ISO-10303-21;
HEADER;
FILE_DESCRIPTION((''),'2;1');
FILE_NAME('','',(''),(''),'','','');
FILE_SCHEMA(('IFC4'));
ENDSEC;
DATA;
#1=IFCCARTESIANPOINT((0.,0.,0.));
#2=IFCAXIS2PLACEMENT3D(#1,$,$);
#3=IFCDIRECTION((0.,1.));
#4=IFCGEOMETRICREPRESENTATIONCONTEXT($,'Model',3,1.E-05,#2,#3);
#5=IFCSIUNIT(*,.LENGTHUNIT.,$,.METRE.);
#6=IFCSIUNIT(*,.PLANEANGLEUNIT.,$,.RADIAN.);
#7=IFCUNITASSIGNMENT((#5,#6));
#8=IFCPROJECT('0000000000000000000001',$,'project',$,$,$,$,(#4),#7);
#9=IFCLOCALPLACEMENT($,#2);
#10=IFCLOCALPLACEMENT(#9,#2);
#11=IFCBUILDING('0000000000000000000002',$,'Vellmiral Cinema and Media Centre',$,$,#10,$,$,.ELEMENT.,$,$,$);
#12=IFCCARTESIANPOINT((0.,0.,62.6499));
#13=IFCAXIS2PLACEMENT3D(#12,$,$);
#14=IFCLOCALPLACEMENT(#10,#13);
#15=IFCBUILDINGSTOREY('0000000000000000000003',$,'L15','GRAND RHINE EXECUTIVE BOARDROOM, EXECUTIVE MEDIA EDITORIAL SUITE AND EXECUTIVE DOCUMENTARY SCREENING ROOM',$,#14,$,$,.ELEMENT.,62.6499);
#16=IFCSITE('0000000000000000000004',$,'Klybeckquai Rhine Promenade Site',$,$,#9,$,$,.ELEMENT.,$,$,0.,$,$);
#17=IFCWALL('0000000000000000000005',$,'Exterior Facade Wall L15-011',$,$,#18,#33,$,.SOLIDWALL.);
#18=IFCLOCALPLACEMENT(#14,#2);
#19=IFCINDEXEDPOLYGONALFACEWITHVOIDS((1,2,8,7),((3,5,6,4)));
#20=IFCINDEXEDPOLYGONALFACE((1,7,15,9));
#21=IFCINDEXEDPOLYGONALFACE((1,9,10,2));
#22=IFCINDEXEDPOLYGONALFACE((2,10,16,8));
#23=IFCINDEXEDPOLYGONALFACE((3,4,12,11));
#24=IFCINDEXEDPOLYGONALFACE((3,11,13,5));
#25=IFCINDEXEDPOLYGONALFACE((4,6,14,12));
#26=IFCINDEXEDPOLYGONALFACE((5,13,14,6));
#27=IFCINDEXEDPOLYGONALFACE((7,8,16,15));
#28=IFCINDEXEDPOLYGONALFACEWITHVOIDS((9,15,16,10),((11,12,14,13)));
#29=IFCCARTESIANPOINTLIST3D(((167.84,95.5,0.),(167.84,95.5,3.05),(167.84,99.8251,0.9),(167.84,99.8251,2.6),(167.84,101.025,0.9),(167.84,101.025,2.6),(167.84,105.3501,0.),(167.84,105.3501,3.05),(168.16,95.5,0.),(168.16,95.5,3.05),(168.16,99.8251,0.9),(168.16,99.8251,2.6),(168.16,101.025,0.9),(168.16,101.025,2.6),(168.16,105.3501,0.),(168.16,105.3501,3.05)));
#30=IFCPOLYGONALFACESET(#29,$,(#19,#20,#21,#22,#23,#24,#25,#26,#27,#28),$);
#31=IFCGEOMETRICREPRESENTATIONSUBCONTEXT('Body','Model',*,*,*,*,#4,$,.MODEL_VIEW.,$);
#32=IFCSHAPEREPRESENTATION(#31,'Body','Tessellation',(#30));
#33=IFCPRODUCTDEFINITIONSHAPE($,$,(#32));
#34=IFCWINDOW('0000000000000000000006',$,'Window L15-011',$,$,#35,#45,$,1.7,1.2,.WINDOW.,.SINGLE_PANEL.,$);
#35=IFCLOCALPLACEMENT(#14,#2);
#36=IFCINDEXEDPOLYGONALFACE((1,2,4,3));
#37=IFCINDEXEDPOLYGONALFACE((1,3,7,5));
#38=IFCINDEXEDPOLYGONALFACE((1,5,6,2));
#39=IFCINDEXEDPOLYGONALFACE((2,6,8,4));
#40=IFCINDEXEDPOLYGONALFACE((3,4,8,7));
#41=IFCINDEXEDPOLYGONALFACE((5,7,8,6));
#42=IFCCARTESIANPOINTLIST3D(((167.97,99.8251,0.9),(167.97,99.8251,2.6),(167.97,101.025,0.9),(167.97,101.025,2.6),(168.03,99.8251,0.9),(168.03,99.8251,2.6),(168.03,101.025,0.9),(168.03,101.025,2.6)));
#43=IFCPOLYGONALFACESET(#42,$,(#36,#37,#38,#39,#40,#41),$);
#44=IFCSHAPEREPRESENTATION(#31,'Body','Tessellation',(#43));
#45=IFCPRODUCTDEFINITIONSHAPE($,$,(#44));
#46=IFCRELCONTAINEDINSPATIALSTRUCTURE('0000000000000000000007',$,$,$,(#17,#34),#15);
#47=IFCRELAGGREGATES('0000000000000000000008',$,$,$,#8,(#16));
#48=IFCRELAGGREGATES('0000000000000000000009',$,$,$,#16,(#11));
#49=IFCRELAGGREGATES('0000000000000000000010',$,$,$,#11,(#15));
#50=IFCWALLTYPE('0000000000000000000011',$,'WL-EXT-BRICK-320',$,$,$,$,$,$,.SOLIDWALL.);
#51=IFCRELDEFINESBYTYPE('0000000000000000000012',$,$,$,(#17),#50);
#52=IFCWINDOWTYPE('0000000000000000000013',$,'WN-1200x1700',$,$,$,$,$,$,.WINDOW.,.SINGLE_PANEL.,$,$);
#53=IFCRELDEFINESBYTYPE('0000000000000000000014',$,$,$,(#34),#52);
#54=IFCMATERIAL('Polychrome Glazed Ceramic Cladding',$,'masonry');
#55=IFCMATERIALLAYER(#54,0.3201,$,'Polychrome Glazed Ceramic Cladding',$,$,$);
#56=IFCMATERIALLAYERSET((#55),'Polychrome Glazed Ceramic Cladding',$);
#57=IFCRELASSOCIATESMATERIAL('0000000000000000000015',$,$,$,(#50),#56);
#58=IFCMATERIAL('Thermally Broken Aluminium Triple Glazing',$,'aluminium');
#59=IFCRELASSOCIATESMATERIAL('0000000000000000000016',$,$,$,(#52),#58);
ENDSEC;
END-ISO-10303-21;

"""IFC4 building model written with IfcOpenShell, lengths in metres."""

from ifc_helpers import new_model, si_unit, direction, frame, frame_2d, origin, place, context, subcontext, project, spatial, rectangle, extrude, material, layer, layer_set, type_object, element, fill, save


model = new_model("IFC4")

# Units and contexts
model_context = context("Model", 3, precision=1e-05, world=origin(), true_north=direction((0.0, 1.0)))
body_context = subcontext(model_context, "Body", "Model", "MODEL_VIEW")
ifc_project = project(units=[si_unit("LENGTHUNIT", "METRE"), si_unit("PLANEANGLEUNIT", "RADIAN")], contexts=[model_context])

# Site, building, storey
site_placement = place(None, origin())
site = spatial("IfcSite", under=ifc_project, at=site_placement, Name="Klybeckquai Rhine Promenade Site", CompositionType="ELEMENT", RefElevation=0.0)
building_placement = place(site_placement, origin())
building = spatial("IfcBuilding", under=site, at=building_placement, Name="Vellmiral Cinema and Media Centre", CompositionType="ELEMENT")
storey_placement = place(building_placement, frame((0.0, 0.0, 62.6499)))
storey = spatial("IfcBuildingStorey", under=building, at=storey_placement, Name="L15", Description="GRAND RHINE EXECUTIVE BOARDROOM, EXECUTIVE MEDIA EDITORIAL SUITE AND EXECUTIVE DOCUMENTARY SCREENING ROOM", CompositionType="ELEMENT", Elevation=62.6499)

# Wall, opening, window
ifc_material_1 = material(Name="Polychrome Glazed Ceramic Cladding", Category="masonry")
ifc_layer_1 = layer(ifc_material_1, 0.3201, Name="Polychrome Glazed Ceramic Cladding")
ifc_layer_set_1 = layer_set([ifc_layer_1], Name="Polychrome Glazed Ceramic Cladding")
wall_type = type_object("IfcWallType", Name="WL-EXT-BRICK-320", PredefinedType="SOLIDWALL", material=ifc_layer_set_1)
wall_placement = place(storey_placement, frame((168.0, 95.5, 0.0), z_axis=(0.0, 0.0, 1.0), x_axis=(0.0, 1.0, 0.0)))
wall = element("IfcWall", 1, at=wall_placement, inside=storey, type_object=wall_type, Name="Exterior Facade Wall L15-011", PredefinedType="SOLIDWALL", context=body_context, shape_type="SweptSolid", body=[
    extrude(rectangle(XDim=9.8501, YDim=0.3201, at=frame_2d((4.925, 0.0))), origin(), (0.0, 0.0, 1.0), 3.05),
])
opening_placement = place(wall_placement, frame((4.325, 0.0, 0.8999)))
opening = element("IfcOpeningElement", 2, at=opening_placement, cuts=wall, PredefinedType="OPENING", context=body_context, shape_type="SweptSolid", body=[
    extrude(rectangle(XDim=1.2, YDim=1.7, at=frame_2d((0.6001, 0.8501))), frame((0.0, 0.1719, 0.0), z_axis=(0.0, -1.0, 0.0), x_axis=(1.0, 0.0, 0.0)), (0.0, 0.0, 1.0), 0.344),
])
ifc_material_2 = material(Name="Thermally Broken Aluminium Triple Glazing", Category="aluminium")
window_type = type_object("IfcWindowType", Name="WN-1200x1700", PartitioningType="SINGLE_PANEL", PredefinedType="WINDOW", material=ifc_material_2)
window_placement = place(opening_placement, origin())
window = element("IfcWindow", 3, at=window_placement, inside=storey, type_object=window_type, Name="Window L15-011", OverallHeight=1.7, OverallWidth=1.2, PartitioningType="SINGLE_PANEL", PredefinedType="WINDOW", context=body_context, shape_type="SweptSolid", body=[
    extrude(rectangle(XDim=1.2, YDim=1.7, at=frame_2d((0.6001, 0.8501))), frame((0.0, 0.03, 0.0), z_axis=(0.0, -1.0, 0.0), x_axis=(1.0, 0.0, 0.0)), (0.0, 0.0, 1.0), 0.0601),
])
fill(opening, window)

save(model, "model.ifc")
